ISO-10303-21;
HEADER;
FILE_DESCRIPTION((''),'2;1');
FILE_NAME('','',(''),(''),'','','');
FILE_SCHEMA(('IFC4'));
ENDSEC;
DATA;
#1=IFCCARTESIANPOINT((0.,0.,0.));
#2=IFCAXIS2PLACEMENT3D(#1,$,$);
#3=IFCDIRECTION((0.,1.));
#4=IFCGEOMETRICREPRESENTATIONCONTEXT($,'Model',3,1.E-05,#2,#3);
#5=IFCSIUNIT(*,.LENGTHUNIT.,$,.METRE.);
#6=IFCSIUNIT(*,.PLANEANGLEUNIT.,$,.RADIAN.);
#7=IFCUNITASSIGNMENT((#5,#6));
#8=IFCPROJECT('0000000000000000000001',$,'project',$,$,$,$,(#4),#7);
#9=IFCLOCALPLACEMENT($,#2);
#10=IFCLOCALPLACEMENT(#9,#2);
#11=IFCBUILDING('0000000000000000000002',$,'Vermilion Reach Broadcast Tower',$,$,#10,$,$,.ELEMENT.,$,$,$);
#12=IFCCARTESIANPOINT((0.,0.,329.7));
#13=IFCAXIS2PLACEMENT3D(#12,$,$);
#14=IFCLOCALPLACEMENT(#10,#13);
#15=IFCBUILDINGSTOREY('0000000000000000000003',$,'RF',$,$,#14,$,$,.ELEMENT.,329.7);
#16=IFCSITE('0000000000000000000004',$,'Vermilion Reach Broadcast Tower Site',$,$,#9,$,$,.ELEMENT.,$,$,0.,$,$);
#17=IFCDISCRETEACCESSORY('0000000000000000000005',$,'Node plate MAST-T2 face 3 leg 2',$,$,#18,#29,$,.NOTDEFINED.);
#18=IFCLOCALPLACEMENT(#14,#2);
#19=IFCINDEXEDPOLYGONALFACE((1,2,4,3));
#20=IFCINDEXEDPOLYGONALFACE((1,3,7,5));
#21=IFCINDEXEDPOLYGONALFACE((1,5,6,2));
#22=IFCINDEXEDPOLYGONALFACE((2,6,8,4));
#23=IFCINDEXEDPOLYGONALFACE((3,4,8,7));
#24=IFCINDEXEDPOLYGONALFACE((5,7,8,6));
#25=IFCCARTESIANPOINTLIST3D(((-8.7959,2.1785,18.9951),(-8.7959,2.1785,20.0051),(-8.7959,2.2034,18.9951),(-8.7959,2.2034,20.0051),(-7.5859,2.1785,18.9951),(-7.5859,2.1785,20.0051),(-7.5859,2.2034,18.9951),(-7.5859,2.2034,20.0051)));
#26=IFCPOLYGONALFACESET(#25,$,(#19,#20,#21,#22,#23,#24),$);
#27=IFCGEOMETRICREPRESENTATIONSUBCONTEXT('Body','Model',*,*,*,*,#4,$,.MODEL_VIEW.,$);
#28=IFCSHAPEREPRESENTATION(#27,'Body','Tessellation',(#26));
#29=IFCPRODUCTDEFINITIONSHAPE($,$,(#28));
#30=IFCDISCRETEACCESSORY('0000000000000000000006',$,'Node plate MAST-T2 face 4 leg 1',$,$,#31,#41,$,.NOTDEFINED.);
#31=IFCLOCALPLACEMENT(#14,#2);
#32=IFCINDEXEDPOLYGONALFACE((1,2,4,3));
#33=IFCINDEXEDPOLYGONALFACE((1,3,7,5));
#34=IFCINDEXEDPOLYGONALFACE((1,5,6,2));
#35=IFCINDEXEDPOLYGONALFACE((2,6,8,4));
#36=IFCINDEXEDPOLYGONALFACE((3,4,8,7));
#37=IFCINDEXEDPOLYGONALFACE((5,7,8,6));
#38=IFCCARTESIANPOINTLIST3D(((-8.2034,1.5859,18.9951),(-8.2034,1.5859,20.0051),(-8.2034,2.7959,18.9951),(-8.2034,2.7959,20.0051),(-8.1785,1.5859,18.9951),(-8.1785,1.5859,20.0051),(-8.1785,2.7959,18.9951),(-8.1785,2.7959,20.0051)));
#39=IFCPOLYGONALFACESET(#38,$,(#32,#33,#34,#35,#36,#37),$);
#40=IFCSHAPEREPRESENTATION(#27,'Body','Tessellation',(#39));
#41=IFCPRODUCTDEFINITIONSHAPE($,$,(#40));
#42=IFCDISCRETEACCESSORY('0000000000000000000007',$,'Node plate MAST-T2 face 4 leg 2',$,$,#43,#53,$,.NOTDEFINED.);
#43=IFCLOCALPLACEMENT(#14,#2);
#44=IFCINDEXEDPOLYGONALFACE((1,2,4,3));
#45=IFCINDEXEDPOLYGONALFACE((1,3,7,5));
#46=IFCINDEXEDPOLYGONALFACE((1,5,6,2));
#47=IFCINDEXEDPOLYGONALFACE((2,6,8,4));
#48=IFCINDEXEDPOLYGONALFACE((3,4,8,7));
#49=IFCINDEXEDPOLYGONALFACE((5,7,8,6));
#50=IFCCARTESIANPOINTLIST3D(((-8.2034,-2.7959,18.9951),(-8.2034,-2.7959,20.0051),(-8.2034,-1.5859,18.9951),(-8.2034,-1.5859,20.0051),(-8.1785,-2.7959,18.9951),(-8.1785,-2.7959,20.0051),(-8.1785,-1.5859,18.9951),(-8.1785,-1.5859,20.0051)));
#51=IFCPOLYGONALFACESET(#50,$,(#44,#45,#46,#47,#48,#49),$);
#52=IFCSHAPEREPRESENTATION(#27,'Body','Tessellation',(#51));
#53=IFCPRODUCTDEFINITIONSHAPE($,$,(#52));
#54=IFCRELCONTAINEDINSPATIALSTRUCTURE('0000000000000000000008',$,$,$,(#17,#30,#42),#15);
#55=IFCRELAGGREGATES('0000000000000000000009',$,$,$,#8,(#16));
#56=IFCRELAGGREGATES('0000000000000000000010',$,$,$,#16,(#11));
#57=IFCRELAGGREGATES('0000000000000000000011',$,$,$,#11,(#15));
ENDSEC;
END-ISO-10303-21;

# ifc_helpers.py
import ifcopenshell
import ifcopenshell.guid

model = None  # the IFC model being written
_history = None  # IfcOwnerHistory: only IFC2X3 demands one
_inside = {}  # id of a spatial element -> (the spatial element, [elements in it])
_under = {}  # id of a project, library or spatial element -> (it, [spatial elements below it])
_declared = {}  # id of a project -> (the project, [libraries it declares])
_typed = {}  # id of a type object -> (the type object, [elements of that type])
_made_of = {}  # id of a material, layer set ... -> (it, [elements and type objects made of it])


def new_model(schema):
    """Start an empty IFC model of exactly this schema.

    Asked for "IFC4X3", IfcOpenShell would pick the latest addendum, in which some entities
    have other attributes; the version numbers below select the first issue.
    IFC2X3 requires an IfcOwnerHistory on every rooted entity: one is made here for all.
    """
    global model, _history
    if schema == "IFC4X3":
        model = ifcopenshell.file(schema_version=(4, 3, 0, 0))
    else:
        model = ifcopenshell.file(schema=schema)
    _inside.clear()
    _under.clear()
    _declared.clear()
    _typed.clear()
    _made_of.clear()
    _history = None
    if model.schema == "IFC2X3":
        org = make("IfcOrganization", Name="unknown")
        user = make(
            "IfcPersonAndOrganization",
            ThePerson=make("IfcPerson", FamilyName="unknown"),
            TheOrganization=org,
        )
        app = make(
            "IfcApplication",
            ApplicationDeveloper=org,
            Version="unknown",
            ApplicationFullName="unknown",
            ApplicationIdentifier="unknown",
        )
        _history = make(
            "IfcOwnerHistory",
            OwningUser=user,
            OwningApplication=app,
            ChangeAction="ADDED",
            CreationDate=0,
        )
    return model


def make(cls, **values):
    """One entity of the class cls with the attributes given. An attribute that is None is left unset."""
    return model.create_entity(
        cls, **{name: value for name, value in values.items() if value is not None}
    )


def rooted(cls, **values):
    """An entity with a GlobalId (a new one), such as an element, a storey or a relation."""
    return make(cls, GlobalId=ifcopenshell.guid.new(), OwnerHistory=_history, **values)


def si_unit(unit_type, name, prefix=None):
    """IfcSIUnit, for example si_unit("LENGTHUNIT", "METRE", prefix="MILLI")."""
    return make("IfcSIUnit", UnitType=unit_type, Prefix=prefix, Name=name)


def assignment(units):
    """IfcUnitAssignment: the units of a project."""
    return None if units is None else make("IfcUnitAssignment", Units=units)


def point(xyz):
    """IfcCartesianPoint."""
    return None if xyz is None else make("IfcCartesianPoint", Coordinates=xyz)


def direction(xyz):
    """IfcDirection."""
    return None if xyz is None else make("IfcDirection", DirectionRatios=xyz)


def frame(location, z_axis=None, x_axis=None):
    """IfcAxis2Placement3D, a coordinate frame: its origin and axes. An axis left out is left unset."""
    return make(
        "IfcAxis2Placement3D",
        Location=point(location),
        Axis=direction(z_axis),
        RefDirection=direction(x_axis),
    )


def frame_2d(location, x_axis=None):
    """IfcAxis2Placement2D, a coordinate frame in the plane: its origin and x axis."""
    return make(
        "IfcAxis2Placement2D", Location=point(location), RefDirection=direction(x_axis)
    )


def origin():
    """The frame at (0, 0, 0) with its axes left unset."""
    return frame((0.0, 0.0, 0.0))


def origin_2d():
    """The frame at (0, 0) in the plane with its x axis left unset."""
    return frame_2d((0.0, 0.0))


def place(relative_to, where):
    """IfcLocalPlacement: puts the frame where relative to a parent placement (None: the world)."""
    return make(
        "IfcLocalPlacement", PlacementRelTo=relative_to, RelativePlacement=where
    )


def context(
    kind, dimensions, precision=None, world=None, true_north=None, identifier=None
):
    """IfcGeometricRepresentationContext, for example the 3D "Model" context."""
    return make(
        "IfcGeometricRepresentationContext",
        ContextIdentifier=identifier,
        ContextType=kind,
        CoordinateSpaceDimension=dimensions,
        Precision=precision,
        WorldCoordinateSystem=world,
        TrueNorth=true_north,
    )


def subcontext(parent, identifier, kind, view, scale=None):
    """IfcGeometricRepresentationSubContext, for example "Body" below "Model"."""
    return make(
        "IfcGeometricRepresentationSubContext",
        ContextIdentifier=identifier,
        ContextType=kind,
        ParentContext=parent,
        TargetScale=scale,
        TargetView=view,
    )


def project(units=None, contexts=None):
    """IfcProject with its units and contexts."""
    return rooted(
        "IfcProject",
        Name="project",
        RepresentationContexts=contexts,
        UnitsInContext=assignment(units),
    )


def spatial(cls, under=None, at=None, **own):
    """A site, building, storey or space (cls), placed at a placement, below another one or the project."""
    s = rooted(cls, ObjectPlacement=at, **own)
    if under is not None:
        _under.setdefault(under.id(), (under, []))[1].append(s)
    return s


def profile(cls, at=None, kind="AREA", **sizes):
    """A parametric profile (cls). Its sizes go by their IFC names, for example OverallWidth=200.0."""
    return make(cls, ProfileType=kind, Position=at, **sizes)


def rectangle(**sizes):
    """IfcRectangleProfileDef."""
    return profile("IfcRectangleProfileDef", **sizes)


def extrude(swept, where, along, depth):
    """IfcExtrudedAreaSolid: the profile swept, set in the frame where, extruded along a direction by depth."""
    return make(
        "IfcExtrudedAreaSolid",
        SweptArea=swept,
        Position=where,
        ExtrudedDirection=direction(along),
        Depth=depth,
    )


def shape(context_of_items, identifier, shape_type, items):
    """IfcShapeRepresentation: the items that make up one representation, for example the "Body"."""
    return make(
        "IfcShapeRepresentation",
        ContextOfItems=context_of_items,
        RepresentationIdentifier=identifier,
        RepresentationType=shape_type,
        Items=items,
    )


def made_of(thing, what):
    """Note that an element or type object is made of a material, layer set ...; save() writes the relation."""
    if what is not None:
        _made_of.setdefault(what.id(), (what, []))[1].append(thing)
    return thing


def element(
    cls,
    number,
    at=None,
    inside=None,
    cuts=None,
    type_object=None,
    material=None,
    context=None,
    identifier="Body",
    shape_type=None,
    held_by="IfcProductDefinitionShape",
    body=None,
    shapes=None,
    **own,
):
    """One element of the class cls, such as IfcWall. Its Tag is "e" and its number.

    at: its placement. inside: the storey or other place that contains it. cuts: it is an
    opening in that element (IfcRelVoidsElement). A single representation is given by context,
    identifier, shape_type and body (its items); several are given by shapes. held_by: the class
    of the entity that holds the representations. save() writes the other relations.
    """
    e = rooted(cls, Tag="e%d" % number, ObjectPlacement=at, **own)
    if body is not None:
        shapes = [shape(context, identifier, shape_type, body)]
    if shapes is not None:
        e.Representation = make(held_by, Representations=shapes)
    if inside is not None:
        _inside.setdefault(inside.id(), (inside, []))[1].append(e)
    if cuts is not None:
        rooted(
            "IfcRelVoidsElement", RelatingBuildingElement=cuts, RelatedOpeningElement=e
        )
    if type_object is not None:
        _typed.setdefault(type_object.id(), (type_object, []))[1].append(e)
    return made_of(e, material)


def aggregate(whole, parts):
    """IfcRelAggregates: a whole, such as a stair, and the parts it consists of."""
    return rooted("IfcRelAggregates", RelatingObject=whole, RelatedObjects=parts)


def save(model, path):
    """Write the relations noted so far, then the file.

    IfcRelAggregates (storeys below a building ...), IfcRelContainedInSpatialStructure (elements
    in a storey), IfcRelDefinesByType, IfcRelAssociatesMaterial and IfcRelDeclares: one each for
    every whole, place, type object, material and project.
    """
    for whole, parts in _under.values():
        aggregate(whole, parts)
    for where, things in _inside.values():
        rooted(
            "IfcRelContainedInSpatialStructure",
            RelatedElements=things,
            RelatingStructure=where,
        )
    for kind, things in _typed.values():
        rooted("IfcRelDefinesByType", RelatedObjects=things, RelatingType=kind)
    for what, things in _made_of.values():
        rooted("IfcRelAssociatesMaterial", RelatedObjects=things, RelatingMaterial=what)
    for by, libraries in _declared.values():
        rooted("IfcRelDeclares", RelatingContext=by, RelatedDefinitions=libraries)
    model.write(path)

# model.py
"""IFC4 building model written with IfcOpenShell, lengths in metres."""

from ifc_helpers import new_model, si_unit, direction, frame, origin, origin_2d, place, context, subcontext, project, spatial, rectangle, extrude, element, save


model = new_model("IFC4")

# Units and contexts
model_context = context("Model", 3, precision=1e-05, world=origin(), true_north=direction((0.0, 1.0)))
body_context = subcontext(model_context, "Body", "Model", "MODEL_VIEW")
ifc_project = project(units=[si_unit("LENGTHUNIT", "METRE"), si_unit("PLANEANGLEUNIT", "RADIAN")], contexts=[model_context])

# Site, building, storey
site_placement = place(None, origin())
site = spatial("IfcSite", under=ifc_project, at=site_placement, Name="Vermilion Reach Broadcast Tower Site", CompositionType="ELEMENT", RefElevation=0.0)
building_placement = place(site_placement, origin())
building = spatial("IfcBuilding", under=site, at=building_placement, Name="Vermilion Reach Broadcast Tower", CompositionType="ELEMENT")
storey_placement = place(building_placement, frame((0.0, 0.0, 329.7)))
storey = spatial("IfcBuildingStorey", under=building, at=storey_placement, Name="RF", CompositionType="ELEMENT", Elevation=329.7)

# Discrete accessories
for number, where, z_axis, x_axis, name in (
    (1, (-8.1909, 2.1909, 18.9951), (0.0, 0.0, 1.0), (0.0, -1.0, 0.0), "Node plate MAST-T2 face 3 leg 2"),
    (2, (-8.1909, 2.1909, 18.9951), (0.0, 0.0, 1.0), (1.0, 0.0, 0.0), "Node plate MAST-T2 face 4 leg 1"),
    (3, (-8.1909, -2.1909, 18.9951), (0.0, 0.0, 1.0), (1.0, 0.0, 0.0), "Node plate MAST-T2 face 4 leg 2"),
):
    element("IfcDiscreteAccessory", number, at=place(storey_placement, frame(where, z_axis=z_axis, x_axis=x_axis)), inside=storey, Name=name, PredefinedType="NOTDEFINED", context=body_context, shape_type="SweptSolid", body=[
        extrude(rectangle(XDim=0.0249, YDim=1.21, at=origin_2d()), origin(), (0.0, 0.0, 1.0), 1.01),
    ])

save(model, "model.ifc")
